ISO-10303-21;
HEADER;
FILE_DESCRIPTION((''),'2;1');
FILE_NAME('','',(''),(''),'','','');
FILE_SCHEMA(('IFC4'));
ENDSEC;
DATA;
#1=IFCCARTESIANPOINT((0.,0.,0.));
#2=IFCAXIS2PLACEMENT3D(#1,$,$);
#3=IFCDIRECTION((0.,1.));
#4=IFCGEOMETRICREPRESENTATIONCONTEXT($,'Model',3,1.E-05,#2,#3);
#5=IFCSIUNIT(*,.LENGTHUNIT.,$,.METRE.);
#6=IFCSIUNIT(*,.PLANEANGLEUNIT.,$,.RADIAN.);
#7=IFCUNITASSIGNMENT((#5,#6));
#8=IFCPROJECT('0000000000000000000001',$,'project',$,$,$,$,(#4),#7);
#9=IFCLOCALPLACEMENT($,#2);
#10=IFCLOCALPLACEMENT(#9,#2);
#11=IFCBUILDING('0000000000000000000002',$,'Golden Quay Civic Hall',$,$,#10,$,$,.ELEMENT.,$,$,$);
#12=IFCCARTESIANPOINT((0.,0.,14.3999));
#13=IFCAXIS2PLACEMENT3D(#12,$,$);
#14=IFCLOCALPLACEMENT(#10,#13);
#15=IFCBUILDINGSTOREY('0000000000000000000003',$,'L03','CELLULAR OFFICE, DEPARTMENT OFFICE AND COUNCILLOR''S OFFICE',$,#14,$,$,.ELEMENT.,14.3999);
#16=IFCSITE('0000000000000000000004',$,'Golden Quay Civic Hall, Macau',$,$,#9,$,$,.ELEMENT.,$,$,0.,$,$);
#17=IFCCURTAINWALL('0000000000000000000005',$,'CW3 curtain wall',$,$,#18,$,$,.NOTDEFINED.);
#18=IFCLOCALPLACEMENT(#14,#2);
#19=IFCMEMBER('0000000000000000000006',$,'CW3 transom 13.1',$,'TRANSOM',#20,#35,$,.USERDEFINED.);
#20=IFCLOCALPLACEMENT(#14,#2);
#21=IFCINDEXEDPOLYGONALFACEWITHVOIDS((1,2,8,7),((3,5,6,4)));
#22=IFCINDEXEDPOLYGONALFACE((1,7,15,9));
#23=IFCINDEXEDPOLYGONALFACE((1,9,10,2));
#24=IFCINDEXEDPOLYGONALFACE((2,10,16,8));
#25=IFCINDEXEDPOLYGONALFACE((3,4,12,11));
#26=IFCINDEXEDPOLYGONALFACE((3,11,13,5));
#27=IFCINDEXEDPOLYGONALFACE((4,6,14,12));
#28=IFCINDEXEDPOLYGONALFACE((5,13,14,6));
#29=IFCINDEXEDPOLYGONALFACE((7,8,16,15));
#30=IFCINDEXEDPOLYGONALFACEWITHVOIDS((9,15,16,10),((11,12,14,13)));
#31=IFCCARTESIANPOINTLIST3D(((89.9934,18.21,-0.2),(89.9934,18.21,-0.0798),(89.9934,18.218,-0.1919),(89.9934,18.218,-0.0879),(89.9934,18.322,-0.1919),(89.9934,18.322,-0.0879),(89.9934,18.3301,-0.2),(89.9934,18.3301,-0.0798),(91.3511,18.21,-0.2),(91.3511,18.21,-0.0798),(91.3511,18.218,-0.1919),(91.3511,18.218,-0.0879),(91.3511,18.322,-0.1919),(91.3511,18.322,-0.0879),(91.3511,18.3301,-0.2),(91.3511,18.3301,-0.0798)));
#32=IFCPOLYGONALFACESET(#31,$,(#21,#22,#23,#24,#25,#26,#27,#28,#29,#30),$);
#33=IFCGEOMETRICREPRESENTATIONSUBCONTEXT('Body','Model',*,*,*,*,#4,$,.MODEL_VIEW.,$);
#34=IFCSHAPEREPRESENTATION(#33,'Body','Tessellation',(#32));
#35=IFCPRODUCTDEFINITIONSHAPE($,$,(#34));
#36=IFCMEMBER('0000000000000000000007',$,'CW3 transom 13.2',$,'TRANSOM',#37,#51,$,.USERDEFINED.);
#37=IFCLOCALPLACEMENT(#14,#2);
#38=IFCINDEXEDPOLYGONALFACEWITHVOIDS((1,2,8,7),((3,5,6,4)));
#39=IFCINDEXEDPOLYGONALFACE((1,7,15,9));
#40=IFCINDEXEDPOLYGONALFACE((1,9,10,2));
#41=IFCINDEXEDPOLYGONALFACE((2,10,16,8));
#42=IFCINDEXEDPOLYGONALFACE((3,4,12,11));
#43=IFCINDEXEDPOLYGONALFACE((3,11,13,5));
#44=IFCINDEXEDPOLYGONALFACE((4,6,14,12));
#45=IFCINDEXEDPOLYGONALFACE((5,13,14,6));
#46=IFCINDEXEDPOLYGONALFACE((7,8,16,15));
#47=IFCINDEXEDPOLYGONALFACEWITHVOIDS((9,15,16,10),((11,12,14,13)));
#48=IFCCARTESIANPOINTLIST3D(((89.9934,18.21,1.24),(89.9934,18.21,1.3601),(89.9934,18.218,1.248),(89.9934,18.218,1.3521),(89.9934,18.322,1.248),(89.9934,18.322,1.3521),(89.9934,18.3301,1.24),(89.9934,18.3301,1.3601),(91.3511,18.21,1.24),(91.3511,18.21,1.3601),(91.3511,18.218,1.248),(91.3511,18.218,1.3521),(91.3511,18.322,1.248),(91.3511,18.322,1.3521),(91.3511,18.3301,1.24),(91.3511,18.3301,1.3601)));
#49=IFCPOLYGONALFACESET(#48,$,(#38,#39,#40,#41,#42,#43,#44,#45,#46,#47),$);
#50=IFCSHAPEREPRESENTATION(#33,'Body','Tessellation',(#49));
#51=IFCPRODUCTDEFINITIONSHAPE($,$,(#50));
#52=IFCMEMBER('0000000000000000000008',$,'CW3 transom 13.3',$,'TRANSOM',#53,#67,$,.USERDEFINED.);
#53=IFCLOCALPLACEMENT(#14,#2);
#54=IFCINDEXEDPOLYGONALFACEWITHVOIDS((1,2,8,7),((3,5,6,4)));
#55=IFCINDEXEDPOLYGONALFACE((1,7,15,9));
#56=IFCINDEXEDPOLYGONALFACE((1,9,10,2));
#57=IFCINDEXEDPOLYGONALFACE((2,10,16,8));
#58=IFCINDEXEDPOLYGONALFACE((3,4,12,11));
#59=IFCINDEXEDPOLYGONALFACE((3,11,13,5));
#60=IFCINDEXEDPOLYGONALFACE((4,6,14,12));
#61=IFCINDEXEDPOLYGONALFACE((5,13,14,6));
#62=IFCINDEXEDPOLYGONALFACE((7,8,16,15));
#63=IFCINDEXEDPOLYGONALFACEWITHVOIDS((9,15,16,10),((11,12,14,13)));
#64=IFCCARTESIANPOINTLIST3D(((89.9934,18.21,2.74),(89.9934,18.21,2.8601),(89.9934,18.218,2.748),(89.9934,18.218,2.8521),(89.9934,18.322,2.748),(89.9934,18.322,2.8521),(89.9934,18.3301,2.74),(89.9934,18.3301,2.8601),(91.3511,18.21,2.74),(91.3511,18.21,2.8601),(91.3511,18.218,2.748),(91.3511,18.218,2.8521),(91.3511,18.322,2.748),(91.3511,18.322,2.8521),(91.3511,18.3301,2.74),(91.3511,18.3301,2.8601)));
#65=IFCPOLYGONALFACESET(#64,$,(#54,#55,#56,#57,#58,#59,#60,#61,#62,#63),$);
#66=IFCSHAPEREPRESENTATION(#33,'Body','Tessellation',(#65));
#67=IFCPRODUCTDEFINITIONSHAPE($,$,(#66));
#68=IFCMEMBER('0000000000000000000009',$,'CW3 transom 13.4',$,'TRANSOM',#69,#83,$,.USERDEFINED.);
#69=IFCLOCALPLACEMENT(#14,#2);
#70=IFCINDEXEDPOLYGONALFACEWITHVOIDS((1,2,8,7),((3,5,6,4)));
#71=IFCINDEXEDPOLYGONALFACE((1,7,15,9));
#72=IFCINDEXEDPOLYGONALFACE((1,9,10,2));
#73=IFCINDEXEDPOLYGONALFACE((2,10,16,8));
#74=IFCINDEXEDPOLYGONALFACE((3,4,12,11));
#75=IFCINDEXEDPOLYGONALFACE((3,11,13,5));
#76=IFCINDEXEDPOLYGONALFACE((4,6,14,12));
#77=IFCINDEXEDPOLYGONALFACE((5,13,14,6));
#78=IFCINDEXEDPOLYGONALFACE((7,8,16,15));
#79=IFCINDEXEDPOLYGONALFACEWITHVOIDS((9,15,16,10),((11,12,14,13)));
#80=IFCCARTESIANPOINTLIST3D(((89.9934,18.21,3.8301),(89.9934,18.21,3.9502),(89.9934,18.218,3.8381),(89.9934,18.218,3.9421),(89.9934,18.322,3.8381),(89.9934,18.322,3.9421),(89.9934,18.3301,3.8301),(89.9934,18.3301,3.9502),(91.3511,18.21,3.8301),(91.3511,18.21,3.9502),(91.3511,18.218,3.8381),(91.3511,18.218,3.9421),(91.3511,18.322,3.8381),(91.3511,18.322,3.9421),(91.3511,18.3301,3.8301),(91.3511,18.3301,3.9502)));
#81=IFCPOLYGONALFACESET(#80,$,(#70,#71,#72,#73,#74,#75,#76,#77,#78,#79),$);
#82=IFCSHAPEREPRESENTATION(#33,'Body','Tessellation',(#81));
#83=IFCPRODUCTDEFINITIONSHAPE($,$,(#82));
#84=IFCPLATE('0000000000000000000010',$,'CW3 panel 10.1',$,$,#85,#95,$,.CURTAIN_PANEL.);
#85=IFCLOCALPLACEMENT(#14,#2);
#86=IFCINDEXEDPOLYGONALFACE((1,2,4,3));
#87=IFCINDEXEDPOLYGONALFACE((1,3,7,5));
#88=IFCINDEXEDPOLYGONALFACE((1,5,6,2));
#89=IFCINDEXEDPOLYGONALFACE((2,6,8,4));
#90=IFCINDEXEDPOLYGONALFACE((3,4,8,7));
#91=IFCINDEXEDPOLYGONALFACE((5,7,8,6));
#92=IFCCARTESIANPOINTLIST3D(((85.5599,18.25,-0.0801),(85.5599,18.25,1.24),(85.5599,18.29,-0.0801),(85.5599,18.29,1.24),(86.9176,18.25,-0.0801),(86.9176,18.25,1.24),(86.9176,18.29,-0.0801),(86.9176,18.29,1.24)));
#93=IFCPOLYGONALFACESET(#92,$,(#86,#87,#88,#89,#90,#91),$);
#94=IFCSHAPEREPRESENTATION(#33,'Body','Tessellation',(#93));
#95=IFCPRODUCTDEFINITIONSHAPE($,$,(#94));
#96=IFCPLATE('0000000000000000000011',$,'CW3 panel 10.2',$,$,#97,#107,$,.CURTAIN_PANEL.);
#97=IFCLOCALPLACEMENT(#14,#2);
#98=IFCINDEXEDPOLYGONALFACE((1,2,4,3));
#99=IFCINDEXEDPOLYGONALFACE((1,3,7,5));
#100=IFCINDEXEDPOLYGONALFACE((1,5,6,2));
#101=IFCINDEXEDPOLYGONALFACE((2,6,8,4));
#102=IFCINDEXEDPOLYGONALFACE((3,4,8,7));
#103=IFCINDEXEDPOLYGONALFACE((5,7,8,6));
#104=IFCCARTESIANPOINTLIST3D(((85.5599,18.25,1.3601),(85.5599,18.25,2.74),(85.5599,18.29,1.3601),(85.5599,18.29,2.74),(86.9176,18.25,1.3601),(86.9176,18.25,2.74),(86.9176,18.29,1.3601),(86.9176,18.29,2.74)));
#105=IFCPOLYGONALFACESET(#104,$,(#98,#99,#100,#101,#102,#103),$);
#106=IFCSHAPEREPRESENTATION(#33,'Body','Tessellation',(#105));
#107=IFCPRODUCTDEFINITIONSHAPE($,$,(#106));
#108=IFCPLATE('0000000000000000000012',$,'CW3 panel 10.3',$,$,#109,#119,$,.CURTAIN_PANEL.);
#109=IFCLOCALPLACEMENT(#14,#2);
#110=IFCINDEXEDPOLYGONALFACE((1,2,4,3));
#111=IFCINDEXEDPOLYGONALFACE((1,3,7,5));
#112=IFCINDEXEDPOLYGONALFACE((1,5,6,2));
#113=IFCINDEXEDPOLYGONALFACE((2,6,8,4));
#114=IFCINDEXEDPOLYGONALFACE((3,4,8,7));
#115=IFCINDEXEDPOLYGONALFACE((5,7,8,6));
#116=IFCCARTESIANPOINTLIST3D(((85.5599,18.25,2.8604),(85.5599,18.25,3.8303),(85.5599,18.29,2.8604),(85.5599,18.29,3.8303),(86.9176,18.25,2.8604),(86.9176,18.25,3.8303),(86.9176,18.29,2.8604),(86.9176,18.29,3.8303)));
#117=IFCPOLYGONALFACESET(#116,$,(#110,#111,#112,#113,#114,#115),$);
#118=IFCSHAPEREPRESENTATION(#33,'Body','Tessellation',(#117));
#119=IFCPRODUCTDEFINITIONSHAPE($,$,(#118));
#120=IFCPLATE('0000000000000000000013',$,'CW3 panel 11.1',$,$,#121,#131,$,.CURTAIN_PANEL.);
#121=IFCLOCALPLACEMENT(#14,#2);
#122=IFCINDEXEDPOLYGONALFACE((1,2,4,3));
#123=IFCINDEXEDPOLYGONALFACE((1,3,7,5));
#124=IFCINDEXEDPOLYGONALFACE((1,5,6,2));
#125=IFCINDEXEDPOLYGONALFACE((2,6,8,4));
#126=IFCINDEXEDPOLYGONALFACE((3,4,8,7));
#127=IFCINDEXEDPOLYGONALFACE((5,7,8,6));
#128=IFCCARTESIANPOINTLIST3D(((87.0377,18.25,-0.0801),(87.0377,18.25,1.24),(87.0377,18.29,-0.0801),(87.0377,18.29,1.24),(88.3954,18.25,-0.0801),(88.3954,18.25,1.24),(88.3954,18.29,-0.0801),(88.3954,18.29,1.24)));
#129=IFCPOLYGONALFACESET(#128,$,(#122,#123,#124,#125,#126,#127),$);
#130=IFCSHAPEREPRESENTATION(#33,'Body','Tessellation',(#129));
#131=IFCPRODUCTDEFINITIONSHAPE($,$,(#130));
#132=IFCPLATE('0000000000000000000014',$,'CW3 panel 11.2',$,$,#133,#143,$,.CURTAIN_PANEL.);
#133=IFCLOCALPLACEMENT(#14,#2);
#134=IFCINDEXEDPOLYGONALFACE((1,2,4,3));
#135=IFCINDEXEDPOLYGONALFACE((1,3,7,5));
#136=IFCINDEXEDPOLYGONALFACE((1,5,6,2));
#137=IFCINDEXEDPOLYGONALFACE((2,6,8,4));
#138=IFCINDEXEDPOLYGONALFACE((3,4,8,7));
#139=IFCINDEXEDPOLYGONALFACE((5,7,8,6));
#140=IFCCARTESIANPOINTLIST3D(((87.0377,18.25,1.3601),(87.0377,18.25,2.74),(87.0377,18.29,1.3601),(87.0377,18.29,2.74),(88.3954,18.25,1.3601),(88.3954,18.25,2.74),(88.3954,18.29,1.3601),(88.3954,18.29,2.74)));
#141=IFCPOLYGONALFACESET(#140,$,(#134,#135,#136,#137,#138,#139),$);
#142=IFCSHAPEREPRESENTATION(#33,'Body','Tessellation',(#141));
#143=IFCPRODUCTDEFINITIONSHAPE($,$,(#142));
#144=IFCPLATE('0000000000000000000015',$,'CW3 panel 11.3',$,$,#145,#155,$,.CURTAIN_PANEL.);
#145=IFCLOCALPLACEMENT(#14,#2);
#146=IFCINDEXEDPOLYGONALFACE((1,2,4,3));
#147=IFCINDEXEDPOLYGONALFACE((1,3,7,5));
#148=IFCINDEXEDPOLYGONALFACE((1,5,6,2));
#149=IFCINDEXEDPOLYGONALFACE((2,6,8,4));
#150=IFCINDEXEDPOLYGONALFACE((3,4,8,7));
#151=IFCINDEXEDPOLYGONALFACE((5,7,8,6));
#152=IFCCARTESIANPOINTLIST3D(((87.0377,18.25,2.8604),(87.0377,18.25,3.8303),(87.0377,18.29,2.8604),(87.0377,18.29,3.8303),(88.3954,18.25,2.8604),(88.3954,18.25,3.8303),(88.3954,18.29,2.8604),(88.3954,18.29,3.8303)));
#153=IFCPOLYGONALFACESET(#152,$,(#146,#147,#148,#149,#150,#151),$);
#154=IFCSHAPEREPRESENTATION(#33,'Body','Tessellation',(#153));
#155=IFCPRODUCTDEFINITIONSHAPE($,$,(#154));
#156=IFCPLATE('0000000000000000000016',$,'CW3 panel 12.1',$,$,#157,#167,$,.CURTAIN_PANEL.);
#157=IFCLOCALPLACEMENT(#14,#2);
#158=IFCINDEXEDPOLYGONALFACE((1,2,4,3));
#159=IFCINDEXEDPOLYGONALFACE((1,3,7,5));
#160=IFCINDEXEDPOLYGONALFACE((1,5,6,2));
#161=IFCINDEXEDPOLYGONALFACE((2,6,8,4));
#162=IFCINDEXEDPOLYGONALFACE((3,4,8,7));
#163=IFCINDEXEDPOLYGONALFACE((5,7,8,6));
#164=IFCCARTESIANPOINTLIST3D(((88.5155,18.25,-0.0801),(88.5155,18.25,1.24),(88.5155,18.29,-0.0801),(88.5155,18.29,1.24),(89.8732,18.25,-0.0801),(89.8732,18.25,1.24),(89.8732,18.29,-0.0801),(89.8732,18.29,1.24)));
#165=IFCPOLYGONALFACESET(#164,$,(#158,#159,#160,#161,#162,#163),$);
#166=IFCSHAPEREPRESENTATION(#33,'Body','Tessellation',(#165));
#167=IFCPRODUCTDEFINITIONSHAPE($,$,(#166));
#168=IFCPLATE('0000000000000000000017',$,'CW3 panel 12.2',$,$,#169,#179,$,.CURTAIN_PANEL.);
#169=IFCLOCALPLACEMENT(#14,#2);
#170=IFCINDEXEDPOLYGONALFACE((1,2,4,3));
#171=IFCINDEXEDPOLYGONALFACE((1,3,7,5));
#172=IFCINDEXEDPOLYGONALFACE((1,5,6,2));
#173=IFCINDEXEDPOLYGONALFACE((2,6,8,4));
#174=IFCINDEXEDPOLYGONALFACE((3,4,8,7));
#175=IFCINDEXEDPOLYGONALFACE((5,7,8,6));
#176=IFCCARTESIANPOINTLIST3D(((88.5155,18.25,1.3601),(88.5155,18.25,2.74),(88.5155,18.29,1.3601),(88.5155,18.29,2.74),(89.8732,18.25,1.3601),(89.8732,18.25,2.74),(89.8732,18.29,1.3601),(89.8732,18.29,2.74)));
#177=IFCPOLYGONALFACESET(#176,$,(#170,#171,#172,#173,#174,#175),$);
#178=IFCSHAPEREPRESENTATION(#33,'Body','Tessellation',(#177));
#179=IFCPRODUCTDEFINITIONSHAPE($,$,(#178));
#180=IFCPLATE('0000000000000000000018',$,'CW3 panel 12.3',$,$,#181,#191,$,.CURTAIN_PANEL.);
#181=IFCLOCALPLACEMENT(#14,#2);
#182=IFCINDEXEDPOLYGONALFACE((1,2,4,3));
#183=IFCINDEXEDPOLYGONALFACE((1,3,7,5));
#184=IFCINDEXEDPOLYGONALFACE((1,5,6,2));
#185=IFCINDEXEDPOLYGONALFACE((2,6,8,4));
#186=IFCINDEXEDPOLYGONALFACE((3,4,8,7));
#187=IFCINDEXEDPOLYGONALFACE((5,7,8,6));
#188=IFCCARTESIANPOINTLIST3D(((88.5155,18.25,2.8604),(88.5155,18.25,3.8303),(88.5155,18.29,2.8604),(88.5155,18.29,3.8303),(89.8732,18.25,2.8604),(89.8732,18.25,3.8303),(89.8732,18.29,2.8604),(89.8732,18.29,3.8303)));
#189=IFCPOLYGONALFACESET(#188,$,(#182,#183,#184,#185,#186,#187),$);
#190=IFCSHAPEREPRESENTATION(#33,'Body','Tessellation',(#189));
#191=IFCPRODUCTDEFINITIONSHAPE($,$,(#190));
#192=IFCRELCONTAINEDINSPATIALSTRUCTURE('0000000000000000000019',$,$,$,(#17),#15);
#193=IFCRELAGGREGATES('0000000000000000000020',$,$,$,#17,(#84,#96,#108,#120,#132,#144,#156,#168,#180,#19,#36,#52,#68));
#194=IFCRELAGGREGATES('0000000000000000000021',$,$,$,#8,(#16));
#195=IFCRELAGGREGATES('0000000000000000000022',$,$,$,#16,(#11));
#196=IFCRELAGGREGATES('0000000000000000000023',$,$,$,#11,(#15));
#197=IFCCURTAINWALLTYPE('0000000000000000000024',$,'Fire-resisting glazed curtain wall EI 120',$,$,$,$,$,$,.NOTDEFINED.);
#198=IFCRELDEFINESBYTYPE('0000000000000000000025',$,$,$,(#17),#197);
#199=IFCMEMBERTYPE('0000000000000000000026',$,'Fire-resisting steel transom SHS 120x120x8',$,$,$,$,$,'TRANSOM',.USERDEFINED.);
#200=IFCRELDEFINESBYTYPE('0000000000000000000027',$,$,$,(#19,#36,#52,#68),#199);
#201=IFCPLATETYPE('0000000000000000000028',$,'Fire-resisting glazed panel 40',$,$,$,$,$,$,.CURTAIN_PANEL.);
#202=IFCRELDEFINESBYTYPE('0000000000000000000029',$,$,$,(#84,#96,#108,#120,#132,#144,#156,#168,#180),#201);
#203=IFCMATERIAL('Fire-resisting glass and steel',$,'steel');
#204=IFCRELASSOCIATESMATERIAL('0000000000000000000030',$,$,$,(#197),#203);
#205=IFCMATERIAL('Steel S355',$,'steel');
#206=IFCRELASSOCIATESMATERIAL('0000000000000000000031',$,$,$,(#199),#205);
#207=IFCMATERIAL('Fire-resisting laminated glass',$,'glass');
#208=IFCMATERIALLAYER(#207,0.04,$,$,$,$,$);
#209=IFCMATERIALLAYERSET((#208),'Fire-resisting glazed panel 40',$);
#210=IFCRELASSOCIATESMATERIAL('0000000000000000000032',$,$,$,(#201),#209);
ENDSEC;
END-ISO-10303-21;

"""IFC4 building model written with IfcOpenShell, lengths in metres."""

from ifc_helpers import new_model, si_unit, direction, frame, origin, origin_2d, place, context, subcontext, project, spatial, rectangle, hollow_rectangle, extrude, material, layer, layer_set, material_profile, profile_set, type_object, element, aggregate, save


model = new_model("IFC4")

# Units and contexts
model_context = context("Model", 3, precision=1e-05, world=origin(), true_north=direction((0.0, 1.0)))
body_context = subcontext(model_context, "Body", "Model", "MODEL_VIEW")
ifc_project = project(units=[si_unit("LENGTHUNIT", "METRE"), si_unit("PLANEANGLEUNIT", "RADIAN")], contexts=[model_context])

# Site, building, storey
site_placement = place(None, origin())
site = spatial("IfcSite", under=ifc_project, at=site_placement, Name="Golden Quay Civic Hall, Macau", CompositionType="ELEMENT", RefElevation=0.0)
building_placement = place(site_placement, origin())
building = spatial("IfcBuilding", under=site, at=building_placement, Name="Golden Quay Civic Hall", CompositionType="ELEMENT")
storey_placement = place(building_placement, frame((0.0, 0.0, 14.3999)))
storey = spatial("IfcBuildingStorey", under=building, at=storey_placement, Name="L03", Description="CELLULAR OFFICE, DEPARTMENT OFFICE AND COUNCILLOR'S OFFICE", CompositionType="ELEMENT", Elevation=14.3999)

# Curtain wall, members, plates
ifc_material_1 = material(Name="Fire-resisting glass and steel", Category="steel")
curtain_wall_type = type_object("IfcCurtainWallType", Name="Fire-resisting glazed curtain wall EI 120", PredefinedType="NOTDEFINED", material=ifc_material_1)
curtain_wall_placement = place(storey_placement, origin())
curtain_wall = element("IfcCurtainWall", 1, at=curtain_wall_placement, inside=storey, type_object=curtain_wall_type, Name="CW3 curtain wall", PredefinedType="NOTDEFINED")
ifc_material_2 = material(Name="Steel S355", Category="steel")
ifc_material_profile_1 = material_profile(ifc_material_2, hollow_rectangle(XDim=0.1201, YDim=0.1201, WallThickness=0.0081, at=origin_2d()), Name="SHS 120x120x8")
ifc_profile_set_1 = profile_set([ifc_material_profile_1], Name="Steel S355")
member_type_1 = type_object("IfcMemberType", Name="Fire-resisting steel transom SHS 120x120x8", ElementType="TRANSOM", PredefinedType="USERDEFINED", material=ifc_profile_set_1)
member_1_placement = place(storey_placement, frame((89.9934, 18.27, -0.1399), z_axis=(1.0, 0.0, 0.0), x_axis=(0.0, 1.0, 0.0)))
member_1 = element("IfcMember", 2, at=member_1_placement, type_object=member_type_1, Name="CW3 transom 13.1", ObjectType="TRANSOM", PredefinedType="USERDEFINED", context=body_context, shape_type="SweptSolid", body=[
    extrude(hollow_rectangle(XDim=0.1201, YDim=0.1201, WallThickness=0.0081, at=origin_2d()), origin(), (0.0, 0.0, 1.0), 1.3577),
])
member_2_placement = place(storey_placement, frame((89.9934, 18.27, 1.3), z_axis=(1.0, 0.0, 0.0), x_axis=(0.0, 1.0, 0.0)))
member_2 = element("IfcMember", 3, at=member_2_placement, type_object=member_type_1, Name="CW3 transom 13.2", ObjectType="TRANSOM", PredefinedType="USERDEFINED", context=body_context, shape_type="SweptSolid", body=[
    extrude(hollow_rectangle(XDim=0.1201, YDim=0.1201, WallThickness=0.0081, at=origin_2d()), origin(), (0.0, 0.0, 1.0), 1.3577),
])
member_3_placement = place(storey_placement, frame((89.9934, 18.27, 2.8), z_axis=(1.0, 0.0, 0.0), x_axis=(0.0, 1.0, 0.0)))
member_3 = element("IfcMember", 4, at=member_3_placement, type_object=member_type_1, Name="CW3 transom 13.3", ObjectType="TRANSOM", PredefinedType="USERDEFINED", context=body_context, shape_type="SweptSolid", body=[
    extrude(hollow_rectangle(XDim=0.1201, YDim=0.1201, WallThickness=0.0081, at=origin_2d()), origin(), (0.0, 0.0, 1.0), 1.3577),
])
member_4_placement = place(storey_placement, frame((89.9934, 18.27, 3.8901), z_axis=(1.0, 0.0, 0.0), x_axis=(0.0, 1.0, 0.0)))
member_4 = element("IfcMember", 5, at=member_4_placement, type_object=member_type_1, Name="CW3 transom 13.4", ObjectType="TRANSOM", PredefinedType="USERDEFINED", context=body_context, shape_type="SweptSolid", body=[
    extrude(hollow_rectangle(XDim=0.1201, YDim=0.1201, WallThickness=0.0081, at=origin_2d()), origin(), (0.0, 0.0, 1.0), 1.3577),
])
ifc_material_3 = material(Name="Fire-resisting laminated glass", Category="glass")
ifc_layer = layer(ifc_material_3, 0.04)
ifc_layer_set = layer_set([ifc_layer], Name="Fire-resisting glazed panel 40")
plate_type = type_object("IfcPlateType", Name="Fire-resisting glazed panel 40", PredefinedType="CURTAIN_PANEL", material=ifc_layer_set)
plate_1_placement = place(storey_placement, frame((86.2388, 18.27, -0.0801), z_axis=(0.0, 0.0, 1.0), x_axis=(1.0, 0.0, 0.0)))
plate_1 = element("IfcPlate", 6, at=plate_1_placement, type_object=plate_type, Name="CW3 panel 10.1", PredefinedType="CURTAIN_PANEL", context=body_context, shape_type="SweptSolid", body=[
    extrude(rectangle(XDim=1.3577, YDim=0.04, at=origin_2d()), origin(), (0.0, 0.0, 1.0), 1.3201),
])
plate_2_placement = place(storey_placement, frame((86.2388, 18.27, 1.3601), z_axis=(0.0, 0.0, 1.0), x_axis=(1.0, 0.0, 0.0)))
plate_2 = element("IfcPlate", 7, at=plate_2_placement, type_object=plate_type, Name="CW3 panel 10.2", PredefinedType="CURTAIN_PANEL", context=body_context, shape_type="SweptSolid", body=[
    extrude(rectangle(XDim=1.3577, YDim=0.04, at=origin_2d()), origin(), (0.0, 0.0, 1.0), 1.3799),
])
plate_3_placement = place(storey_placement, frame((86.2388, 18.27, 2.8604), z_axis=(0.0, 0.0, 1.0), x_axis=(1.0, 0.0, 0.0)))
plate_3 = element("IfcPlate", 8, at=plate_3_placement, type_object=plate_type, Name="CW3 panel 10.3", PredefinedType="CURTAIN_PANEL", context=body_context, shape_type="SweptSolid", body=[
    extrude(rectangle(XDim=1.3577, YDim=0.04, at=origin_2d()), origin(), (0.0, 0.0, 1.0), 0.97),
])
plate_4_placement = place(storey_placement, frame((87.7166, 18.27, -0.0801), z_axis=(0.0, 0.0, 1.0), x_axis=(1.0, 0.0, 0.0)))
plate_4 = element("IfcPlate", 9, at=plate_4_placement, type_object=plate_type, Name="CW3 panel 11.1", PredefinedType="CURTAIN_PANEL", context=body_context, shape_type="SweptSolid", body=[
    extrude(rectangle(XDim=1.3577, YDim=0.04, at=origin_2d()), origin(), (0.0, 0.0, 1.0), 1.3201),
])
plate_5_placement = place(storey_placement, frame((87.7166, 18.27, 1.3601), z_axis=(0.0, 0.0, 1.0), x_axis=(1.0, 0.0, 0.0)))
plate_5 = element("IfcPlate", 10, at=plate_5_placement, type_object=plate_type, Name="CW3 panel 11.2", PredefinedType="CURTAIN_PANEL", context=body_context, shape_type="SweptSolid", body=[
    extrude(rectangle(XDim=1.3577, YDim=0.04, at=origin_2d()), origin(), (0.0, 0.0, 1.0), 1.3799),
])
plate_6_placement = place(storey_placement, frame((87.7166, 18.27, 2.8604), z_axis=(0.0, 0.0, 1.0), x_axis=(1.0, 0.0, 0.0)))
plate_6 = element("IfcPlate", 11, at=plate_6_placement, type_object=plate_type, Name="CW3 panel 11.3", PredefinedType="CURTAIN_PANEL", context=body_context, shape_type="SweptSolid", body=[
    extrude(rectangle(XDim=1.3577, YDim=0.04, at=origin_2d()), origin(), (0.0, 0.0, 1.0), 0.97),
])
plate_7_placement = place(storey_placement, frame((89.1943, 18.27, -0.0801), z_axis=(0.0, 0.0, 1.0), x_axis=(1.0, 0.0, 0.0)))
plate_7 = element("IfcPlate", 12, at=plate_7_placement, type_object=plate_type, Name="CW3 panel 12.1", PredefinedType="CURTAIN_PANEL", context=body_context, shape_type="SweptSolid", body=[
    extrude(rectangle(XDim=1.3577, YDim=0.04, at=origin_2d()), origin(), (0.0, 0.0, 1.0), 1.3201),
])
plate_8_placement = place(storey_placement, frame((89.1943, 18.27, 1.3601), z_axis=(0.0, 0.0, 1.0), x_axis=(1.0, 0.0, 0.0)))
plate_8 = element("IfcPlate", 13, at=plate_8_placement, type_object=plate_type, Name="CW3 panel 12.2", PredefinedType="CURTAIN_PANEL", context=body_context, shape_type="SweptSolid", body=[
    extrude(rectangle(XDim=1.3577, YDim=0.04, at=origin_2d()), origin(), (0.0, 0.0, 1.0), 1.3799),
])
plate_9_placement = place(storey_placement, frame((89.1943, 18.27, 2.8604), z_axis=(0.0, 0.0, 1.0), x_axis=(1.0, 0.0, 0.0)))
plate_9 = element("IfcPlate", 14, at=plate_9_placement, type_object=plate_type, Name="CW3 panel 12.3", PredefinedType="CURTAIN_PANEL", context=body_context, shape_type="SweptSolid", body=[
    extrude(rectangle(XDim=1.3577, YDim=0.04, at=origin_2d()), origin(), (0.0, 0.0, 1.0), 0.97),
])
aggregate(curtain_wall, [plate_1, plate_2, plate_3, plate_4, plate_5, plate_6, plate_7, plate_8, plate_9, member_1, member_2, member_3, member_4])

save(model, "model.ifc")
